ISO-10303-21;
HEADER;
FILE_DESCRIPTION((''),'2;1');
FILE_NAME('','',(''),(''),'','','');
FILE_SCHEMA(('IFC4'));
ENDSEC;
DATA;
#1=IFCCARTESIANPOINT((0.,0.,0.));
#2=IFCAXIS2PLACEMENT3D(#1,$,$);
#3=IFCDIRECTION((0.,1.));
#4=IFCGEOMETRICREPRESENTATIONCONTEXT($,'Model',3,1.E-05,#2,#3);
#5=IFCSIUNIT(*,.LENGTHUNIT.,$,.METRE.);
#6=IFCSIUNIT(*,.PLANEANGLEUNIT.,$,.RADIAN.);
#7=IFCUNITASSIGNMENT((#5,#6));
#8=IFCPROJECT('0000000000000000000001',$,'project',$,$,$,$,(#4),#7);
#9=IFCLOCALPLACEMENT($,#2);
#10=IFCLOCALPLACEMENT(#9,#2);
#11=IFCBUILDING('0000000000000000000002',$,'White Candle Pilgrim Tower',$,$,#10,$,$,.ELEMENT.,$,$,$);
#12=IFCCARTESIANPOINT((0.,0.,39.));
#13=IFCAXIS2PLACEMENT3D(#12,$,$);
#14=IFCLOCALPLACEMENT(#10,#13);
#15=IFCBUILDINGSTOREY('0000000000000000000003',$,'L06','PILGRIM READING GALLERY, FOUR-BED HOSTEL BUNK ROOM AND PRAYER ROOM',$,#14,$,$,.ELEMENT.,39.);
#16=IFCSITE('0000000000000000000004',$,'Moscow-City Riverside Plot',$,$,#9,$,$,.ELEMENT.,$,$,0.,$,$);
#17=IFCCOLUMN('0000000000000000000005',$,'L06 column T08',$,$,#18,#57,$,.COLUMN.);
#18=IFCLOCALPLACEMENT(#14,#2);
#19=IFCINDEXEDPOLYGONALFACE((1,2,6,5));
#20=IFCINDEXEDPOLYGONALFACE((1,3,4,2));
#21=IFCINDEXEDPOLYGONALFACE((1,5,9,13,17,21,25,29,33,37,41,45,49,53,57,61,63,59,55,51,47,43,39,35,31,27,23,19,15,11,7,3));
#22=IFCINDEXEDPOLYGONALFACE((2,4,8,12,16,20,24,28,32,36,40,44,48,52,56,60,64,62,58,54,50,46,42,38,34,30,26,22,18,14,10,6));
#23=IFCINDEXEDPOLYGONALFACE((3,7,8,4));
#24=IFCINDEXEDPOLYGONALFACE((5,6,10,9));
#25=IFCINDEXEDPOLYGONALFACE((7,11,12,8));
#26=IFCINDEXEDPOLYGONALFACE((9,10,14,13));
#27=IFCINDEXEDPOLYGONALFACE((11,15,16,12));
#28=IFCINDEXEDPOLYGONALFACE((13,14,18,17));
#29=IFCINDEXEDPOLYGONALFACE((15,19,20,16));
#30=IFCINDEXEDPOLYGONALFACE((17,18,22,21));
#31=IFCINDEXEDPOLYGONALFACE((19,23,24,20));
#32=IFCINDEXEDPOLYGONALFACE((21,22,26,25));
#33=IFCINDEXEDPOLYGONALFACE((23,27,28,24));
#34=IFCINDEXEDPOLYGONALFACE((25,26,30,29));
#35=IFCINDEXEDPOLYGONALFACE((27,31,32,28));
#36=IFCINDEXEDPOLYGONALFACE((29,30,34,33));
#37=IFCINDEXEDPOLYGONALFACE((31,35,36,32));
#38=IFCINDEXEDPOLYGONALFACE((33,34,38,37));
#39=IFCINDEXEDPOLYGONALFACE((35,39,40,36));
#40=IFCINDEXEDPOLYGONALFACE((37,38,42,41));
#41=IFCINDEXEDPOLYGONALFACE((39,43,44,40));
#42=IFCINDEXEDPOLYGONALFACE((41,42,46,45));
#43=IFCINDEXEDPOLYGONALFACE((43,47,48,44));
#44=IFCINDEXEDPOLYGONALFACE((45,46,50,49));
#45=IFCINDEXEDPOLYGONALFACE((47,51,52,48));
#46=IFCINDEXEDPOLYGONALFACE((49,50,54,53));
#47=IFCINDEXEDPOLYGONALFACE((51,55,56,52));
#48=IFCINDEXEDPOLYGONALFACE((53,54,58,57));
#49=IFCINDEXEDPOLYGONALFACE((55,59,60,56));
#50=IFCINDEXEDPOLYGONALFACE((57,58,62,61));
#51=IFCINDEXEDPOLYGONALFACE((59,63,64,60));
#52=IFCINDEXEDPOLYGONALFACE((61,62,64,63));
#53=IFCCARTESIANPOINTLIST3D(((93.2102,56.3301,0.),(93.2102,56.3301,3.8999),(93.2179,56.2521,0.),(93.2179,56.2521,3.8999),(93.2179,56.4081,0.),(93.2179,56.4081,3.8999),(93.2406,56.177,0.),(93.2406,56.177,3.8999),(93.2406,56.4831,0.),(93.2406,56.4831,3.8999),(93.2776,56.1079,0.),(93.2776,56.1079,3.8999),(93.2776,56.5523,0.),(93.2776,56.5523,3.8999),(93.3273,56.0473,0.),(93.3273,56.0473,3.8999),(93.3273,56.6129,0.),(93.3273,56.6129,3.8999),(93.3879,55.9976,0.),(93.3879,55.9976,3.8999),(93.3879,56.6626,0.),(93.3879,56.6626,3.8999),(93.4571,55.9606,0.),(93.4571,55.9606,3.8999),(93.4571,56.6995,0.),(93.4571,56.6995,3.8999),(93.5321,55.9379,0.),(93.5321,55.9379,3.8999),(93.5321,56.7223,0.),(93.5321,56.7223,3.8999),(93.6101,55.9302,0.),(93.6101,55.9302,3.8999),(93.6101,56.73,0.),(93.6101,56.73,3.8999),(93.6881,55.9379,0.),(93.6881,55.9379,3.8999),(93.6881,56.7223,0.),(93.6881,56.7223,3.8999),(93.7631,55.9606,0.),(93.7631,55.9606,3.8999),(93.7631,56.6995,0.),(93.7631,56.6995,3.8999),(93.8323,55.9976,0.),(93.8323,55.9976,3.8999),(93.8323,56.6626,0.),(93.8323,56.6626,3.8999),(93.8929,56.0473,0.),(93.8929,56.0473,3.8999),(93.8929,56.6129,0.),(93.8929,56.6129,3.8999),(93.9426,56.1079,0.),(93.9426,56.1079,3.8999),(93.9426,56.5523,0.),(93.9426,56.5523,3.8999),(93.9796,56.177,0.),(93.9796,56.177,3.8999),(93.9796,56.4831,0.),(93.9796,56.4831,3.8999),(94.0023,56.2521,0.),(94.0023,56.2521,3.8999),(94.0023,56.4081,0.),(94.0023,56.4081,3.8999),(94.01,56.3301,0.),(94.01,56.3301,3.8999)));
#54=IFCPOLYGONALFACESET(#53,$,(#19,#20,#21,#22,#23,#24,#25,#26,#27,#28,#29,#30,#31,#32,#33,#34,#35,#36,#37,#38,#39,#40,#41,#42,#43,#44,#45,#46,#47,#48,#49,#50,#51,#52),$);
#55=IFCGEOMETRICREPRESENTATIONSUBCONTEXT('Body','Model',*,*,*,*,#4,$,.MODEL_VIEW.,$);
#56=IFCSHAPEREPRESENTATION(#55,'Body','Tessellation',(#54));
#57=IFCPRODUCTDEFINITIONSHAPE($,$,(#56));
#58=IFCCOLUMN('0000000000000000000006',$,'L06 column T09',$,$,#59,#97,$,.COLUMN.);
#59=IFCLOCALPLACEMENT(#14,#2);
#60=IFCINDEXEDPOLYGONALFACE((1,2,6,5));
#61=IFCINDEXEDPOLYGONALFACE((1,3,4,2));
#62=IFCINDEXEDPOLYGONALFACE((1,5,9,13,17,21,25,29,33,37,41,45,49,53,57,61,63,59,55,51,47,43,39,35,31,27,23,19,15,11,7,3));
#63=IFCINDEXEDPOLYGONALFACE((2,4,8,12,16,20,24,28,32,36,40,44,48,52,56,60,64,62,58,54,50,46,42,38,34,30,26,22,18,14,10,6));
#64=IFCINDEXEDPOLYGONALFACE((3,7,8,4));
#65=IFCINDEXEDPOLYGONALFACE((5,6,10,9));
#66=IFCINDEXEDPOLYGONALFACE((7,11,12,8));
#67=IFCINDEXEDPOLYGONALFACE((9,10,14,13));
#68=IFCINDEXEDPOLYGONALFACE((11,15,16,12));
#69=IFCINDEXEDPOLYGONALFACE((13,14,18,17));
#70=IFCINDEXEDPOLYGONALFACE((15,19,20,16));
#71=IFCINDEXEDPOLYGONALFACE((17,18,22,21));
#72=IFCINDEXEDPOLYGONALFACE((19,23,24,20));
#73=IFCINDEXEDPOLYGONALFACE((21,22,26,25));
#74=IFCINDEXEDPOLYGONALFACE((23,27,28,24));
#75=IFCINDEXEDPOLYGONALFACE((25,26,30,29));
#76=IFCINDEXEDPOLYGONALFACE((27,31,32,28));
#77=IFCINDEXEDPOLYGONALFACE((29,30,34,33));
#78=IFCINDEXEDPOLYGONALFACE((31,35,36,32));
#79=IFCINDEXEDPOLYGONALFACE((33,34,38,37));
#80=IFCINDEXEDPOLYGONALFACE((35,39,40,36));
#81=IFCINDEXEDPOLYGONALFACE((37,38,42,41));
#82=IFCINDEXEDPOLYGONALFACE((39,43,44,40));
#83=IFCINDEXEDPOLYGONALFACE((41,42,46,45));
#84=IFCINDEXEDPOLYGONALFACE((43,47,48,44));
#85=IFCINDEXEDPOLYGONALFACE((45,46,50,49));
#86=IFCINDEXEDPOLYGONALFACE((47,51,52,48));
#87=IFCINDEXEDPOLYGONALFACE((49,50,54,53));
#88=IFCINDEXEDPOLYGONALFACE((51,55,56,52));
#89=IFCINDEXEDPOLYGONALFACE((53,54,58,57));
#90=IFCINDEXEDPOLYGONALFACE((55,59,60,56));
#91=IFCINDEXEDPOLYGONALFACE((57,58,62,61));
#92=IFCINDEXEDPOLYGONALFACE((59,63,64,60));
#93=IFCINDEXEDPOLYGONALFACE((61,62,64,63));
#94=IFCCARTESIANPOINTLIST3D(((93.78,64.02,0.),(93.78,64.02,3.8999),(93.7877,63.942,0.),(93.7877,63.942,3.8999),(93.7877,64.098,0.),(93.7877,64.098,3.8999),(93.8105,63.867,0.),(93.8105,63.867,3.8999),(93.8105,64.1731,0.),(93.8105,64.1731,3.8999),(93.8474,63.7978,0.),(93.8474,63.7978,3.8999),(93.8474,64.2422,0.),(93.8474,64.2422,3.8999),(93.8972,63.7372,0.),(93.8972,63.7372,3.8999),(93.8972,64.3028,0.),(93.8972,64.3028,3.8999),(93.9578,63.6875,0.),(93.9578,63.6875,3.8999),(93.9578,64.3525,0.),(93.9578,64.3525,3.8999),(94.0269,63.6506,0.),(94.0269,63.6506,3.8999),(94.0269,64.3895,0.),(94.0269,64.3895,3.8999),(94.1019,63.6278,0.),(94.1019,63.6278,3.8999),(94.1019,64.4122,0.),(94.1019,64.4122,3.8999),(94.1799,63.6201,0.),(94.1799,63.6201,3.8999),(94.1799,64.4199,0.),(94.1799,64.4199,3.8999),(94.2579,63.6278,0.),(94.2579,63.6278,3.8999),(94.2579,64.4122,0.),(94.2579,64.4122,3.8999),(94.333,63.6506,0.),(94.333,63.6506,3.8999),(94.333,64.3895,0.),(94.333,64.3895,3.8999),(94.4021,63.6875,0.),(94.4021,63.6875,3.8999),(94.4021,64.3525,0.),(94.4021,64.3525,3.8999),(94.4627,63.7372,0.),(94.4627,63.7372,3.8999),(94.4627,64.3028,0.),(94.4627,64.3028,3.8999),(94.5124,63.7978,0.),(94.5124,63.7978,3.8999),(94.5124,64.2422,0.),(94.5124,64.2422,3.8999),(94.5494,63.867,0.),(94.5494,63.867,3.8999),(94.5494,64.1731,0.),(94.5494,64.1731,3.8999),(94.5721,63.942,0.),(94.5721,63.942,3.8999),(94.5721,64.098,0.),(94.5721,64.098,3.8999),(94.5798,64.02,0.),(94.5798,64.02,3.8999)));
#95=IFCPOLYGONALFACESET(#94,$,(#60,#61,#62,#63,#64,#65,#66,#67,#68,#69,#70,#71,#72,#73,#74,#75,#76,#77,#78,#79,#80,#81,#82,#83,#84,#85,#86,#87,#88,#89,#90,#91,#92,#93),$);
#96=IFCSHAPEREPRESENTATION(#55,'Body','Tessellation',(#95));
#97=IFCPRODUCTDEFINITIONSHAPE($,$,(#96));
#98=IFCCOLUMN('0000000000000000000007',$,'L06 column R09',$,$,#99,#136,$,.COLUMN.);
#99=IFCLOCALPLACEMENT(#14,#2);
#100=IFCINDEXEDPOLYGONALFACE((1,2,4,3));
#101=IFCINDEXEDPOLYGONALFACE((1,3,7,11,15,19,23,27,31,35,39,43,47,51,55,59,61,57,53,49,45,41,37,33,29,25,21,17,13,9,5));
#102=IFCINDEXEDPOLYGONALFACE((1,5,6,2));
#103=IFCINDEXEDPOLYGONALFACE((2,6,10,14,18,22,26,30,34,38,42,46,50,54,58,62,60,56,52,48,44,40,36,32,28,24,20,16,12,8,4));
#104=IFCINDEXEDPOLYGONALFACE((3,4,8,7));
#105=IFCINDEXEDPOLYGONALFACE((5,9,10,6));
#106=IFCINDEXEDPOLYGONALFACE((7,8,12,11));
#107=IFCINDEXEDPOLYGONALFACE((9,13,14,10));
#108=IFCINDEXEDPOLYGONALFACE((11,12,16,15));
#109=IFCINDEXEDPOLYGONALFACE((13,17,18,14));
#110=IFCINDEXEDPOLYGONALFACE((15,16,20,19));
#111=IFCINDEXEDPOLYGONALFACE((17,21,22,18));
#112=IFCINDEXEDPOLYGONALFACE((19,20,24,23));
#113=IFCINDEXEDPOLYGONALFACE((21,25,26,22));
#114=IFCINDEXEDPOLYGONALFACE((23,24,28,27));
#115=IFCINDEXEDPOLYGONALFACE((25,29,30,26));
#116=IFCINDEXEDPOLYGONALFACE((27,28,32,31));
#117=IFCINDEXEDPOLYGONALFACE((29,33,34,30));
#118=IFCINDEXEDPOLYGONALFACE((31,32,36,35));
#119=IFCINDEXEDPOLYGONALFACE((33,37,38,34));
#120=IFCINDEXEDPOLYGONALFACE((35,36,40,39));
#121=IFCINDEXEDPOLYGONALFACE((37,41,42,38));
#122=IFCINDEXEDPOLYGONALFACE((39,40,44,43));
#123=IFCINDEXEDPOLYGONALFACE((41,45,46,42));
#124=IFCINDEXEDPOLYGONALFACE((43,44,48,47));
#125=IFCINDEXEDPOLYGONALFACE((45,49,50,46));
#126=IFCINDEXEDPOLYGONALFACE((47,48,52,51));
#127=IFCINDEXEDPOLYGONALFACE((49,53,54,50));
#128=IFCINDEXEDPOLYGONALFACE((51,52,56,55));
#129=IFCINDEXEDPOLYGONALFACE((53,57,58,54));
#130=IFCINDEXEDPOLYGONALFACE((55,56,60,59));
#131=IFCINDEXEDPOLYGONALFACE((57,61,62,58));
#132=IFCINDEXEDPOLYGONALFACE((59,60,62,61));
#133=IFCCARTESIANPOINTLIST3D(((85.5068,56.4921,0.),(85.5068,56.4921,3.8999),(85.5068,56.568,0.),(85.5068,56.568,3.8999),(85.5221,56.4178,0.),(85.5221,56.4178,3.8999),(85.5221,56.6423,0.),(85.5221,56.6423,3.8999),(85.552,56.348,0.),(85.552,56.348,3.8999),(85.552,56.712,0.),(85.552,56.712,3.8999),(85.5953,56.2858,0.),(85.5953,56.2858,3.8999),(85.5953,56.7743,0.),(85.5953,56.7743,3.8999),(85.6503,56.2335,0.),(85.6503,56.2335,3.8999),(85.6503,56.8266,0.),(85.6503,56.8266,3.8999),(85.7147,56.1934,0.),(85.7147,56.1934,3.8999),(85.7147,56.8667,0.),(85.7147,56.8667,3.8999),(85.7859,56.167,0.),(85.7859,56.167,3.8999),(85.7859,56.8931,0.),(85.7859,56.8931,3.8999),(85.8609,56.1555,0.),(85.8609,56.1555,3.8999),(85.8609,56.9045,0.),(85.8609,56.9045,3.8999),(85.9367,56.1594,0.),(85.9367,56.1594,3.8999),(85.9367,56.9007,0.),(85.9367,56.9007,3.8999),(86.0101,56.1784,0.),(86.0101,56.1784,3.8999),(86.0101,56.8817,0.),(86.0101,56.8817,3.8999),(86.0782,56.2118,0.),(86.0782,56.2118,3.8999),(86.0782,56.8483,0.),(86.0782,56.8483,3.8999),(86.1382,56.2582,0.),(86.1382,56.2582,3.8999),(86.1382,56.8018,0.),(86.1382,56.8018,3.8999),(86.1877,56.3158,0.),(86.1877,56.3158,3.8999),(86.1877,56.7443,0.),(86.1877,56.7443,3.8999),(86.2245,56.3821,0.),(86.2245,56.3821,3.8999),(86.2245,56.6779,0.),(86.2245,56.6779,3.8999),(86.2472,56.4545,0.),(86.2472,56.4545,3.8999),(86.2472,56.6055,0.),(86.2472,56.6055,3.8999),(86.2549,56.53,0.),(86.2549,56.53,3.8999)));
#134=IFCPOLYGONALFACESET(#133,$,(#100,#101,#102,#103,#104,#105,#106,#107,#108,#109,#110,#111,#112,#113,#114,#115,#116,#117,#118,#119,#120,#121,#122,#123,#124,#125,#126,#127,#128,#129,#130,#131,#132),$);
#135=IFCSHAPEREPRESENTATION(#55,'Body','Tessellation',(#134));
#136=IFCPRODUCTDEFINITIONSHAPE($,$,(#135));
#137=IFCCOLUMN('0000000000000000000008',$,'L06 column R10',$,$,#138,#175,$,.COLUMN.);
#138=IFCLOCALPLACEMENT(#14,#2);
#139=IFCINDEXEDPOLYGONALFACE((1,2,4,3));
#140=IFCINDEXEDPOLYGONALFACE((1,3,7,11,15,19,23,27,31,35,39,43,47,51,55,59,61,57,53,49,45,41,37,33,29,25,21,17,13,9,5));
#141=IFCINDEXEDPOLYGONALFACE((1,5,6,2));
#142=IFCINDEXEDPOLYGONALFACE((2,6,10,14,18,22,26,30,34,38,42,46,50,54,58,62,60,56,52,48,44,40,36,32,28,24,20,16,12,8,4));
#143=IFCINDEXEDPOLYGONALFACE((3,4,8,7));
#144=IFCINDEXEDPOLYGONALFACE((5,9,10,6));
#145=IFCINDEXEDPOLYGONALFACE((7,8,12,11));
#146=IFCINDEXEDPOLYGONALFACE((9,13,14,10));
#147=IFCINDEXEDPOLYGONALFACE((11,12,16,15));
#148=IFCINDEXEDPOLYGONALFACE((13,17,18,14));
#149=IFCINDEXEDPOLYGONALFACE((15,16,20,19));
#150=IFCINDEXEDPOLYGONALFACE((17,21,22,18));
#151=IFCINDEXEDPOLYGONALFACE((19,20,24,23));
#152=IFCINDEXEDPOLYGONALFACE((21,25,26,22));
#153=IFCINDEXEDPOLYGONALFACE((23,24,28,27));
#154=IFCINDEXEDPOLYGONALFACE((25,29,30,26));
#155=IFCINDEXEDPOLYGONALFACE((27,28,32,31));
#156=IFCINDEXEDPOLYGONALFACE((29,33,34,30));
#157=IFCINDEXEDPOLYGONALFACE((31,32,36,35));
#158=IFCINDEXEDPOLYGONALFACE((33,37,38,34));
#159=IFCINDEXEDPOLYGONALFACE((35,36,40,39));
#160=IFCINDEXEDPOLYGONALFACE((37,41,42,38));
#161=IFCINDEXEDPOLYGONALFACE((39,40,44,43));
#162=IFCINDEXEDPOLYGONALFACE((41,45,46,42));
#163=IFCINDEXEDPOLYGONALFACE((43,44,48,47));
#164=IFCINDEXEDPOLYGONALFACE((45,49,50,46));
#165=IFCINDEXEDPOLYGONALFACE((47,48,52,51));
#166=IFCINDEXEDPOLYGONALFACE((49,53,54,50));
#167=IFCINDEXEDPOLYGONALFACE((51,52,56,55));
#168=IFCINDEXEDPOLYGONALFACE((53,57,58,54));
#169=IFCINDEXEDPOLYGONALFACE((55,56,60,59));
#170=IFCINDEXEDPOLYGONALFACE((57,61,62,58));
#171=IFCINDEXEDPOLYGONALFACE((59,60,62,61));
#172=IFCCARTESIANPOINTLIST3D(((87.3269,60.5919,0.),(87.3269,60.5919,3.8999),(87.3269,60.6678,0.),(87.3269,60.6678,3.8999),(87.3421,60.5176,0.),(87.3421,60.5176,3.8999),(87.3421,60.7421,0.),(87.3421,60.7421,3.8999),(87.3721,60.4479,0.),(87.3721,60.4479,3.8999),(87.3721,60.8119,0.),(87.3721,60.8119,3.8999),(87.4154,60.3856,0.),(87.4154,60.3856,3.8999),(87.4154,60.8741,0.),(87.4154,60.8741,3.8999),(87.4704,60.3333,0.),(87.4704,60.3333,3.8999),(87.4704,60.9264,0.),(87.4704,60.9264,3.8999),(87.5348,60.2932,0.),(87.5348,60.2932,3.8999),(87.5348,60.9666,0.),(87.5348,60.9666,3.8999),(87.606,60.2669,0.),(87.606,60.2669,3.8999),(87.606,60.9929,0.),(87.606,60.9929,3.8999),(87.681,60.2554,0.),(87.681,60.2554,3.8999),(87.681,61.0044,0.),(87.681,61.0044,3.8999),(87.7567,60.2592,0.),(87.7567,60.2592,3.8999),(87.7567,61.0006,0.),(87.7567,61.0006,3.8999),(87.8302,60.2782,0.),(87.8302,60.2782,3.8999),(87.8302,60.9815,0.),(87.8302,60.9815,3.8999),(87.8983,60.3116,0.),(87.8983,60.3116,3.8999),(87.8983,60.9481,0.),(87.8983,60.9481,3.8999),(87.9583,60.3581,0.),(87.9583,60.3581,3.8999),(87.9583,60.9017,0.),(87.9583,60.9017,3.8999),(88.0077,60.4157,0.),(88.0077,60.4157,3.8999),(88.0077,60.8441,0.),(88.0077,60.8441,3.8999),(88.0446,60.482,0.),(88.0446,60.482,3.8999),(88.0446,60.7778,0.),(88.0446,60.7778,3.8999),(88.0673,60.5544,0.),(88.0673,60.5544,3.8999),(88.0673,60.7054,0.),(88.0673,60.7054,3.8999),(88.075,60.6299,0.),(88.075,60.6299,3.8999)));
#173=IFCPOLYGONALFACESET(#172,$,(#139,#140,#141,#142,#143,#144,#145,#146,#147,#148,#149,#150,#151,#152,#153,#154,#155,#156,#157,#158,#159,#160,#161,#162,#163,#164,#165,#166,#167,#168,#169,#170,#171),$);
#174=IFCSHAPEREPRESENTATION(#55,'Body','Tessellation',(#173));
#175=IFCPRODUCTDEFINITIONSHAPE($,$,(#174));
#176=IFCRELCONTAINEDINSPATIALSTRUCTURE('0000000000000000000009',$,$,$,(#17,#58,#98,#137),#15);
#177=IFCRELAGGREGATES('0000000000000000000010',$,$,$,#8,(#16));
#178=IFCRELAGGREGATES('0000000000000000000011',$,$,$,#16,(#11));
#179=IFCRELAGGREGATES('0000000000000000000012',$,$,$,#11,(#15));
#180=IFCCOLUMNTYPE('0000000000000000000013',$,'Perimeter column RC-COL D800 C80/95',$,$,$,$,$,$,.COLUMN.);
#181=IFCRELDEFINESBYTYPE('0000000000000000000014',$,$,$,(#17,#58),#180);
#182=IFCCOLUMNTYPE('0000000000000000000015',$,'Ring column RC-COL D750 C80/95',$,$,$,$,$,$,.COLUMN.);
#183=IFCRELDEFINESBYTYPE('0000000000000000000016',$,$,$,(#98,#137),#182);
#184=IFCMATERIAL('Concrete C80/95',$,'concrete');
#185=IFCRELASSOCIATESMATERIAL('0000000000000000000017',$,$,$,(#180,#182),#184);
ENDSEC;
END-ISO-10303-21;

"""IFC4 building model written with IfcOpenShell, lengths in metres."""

from ifc_helpers import new_model, si_unit, direction, frame, origin, origin_2d, place, context, subcontext, project, spatial, circle, extrude, material, material_profile, profile_set, type_object, element, save


model = new_model("IFC4")

# Units and contexts
model_context = context("Model", 3, precision=1e-05, world=origin(), true_north=direction((0.0, 1.0)))
body_context = subcontext(model_context, "Body", "Model", "MODEL_VIEW")
ifc_project = project(units=[si_unit("LENGTHUNIT", "METRE"), si_unit("PLANEANGLEUNIT", "RADIAN")], contexts=[model_context])

# Site, building, storey
site_placement = place(None, origin())
site = spatial("IfcSite", under=ifc_project, at=site_placement, Name="Moscow-City Riverside Plot", CompositionType="ELEMENT", RefElevation=0.0)
building_placement = place(site_placement, origin())
building = spatial("IfcBuilding", under=site, at=building_placement, Name="White Candle Pilgrim Tower", CompositionType="ELEMENT")
storey_placement = place(building_placement, frame((0.0, 0.0, 39.0)))
storey = spatial("IfcBuildingStorey", under=building, at=storey_placement, Name="L06", Description="PILGRIM READING GALLERY, FOUR-BED HOSTEL BUNK ROOM AND PRAYER ROOM", CompositionType="ELEMENT", Elevation=39.0)

# Columns
ifc_material_1 = material(Name="Concrete C80/95", Category="concrete")
ifc_material_profile_1 = material_profile(ifc_material_1, circle(Radius=0.3999, at=origin_2d()), Name="RC-COL D800")
ifc_profile_set_1 = profile_set([ifc_material_profile_1], Name="Concrete C80/95")
column_type_1 = type_object("IfcColumnType", Name="Perimeter column RC-COL D800 C80/95", PredefinedType="COLUMN", material=ifc_profile_set_1)
for number, where, z_axis, x_axis, name in (
    (1, (93.6101, 56.3301, 0.0), (0.0, 0.0, 1.0), (1.0, 0.0, 0.0), "L06 column T08"),
    (2, (94.1799, 64.02, 0.0), (0.0, 0.0, 1.0), (1.0, 0.0, 0.0), "L06 column T09"),
):
    element("IfcColumn", number, at=place(storey_placement, frame(where, z_axis=z_axis, x_axis=x_axis)), inside=storey, type_object=column_type_1, Name=name, PredefinedType="COLUMN", context=body_context, shape_type="SweptSolid", body=[
        extrude(circle(Radius=0.3999, at=origin_2d()), origin(), (0.0, 0.0, 1.0), 3.8999),
    ])
ifc_material_profile_2 = material_profile(ifc_material_1, circle(Radius=0.375, at=origin_2d()), Name="RC-COL D750")
ifc_profile_set_2 = profile_set([ifc_material_profile_2], Name="Concrete C80/95")
column_type_2 = type_object("IfcColumnType", Name="Ring column RC-COL D750 C80/95", PredefinedType="COLUMN", material=ifc_profile_set_2)
for number, where, z_axis, x_axis, name in (
    (3, (85.8799, 56.53, 0.0), (0.0, 0.0, 1.0), (1.0, 0.0, 0.0), "L06 column R09"),
    (4, (87.7, 60.6299, 0.0), (0.0, 0.0, 1.0), (1.0, 0.0, 0.0), "L06 column R10"),
):
    element("IfcColumn", number, at=place(storey_placement, frame(where, z_axis=z_axis, x_axis=x_axis)), inside=storey, type_object=column_type_2, Name=name, PredefinedType="COLUMN", context=body_context, shape_type="SweptSolid", body=[
        extrude(circle(Radius=0.375, at=origin_2d()), origin(), (0.0, 0.0, 1.0), 3.8999),
    ])

save(model, "model.ifc")
